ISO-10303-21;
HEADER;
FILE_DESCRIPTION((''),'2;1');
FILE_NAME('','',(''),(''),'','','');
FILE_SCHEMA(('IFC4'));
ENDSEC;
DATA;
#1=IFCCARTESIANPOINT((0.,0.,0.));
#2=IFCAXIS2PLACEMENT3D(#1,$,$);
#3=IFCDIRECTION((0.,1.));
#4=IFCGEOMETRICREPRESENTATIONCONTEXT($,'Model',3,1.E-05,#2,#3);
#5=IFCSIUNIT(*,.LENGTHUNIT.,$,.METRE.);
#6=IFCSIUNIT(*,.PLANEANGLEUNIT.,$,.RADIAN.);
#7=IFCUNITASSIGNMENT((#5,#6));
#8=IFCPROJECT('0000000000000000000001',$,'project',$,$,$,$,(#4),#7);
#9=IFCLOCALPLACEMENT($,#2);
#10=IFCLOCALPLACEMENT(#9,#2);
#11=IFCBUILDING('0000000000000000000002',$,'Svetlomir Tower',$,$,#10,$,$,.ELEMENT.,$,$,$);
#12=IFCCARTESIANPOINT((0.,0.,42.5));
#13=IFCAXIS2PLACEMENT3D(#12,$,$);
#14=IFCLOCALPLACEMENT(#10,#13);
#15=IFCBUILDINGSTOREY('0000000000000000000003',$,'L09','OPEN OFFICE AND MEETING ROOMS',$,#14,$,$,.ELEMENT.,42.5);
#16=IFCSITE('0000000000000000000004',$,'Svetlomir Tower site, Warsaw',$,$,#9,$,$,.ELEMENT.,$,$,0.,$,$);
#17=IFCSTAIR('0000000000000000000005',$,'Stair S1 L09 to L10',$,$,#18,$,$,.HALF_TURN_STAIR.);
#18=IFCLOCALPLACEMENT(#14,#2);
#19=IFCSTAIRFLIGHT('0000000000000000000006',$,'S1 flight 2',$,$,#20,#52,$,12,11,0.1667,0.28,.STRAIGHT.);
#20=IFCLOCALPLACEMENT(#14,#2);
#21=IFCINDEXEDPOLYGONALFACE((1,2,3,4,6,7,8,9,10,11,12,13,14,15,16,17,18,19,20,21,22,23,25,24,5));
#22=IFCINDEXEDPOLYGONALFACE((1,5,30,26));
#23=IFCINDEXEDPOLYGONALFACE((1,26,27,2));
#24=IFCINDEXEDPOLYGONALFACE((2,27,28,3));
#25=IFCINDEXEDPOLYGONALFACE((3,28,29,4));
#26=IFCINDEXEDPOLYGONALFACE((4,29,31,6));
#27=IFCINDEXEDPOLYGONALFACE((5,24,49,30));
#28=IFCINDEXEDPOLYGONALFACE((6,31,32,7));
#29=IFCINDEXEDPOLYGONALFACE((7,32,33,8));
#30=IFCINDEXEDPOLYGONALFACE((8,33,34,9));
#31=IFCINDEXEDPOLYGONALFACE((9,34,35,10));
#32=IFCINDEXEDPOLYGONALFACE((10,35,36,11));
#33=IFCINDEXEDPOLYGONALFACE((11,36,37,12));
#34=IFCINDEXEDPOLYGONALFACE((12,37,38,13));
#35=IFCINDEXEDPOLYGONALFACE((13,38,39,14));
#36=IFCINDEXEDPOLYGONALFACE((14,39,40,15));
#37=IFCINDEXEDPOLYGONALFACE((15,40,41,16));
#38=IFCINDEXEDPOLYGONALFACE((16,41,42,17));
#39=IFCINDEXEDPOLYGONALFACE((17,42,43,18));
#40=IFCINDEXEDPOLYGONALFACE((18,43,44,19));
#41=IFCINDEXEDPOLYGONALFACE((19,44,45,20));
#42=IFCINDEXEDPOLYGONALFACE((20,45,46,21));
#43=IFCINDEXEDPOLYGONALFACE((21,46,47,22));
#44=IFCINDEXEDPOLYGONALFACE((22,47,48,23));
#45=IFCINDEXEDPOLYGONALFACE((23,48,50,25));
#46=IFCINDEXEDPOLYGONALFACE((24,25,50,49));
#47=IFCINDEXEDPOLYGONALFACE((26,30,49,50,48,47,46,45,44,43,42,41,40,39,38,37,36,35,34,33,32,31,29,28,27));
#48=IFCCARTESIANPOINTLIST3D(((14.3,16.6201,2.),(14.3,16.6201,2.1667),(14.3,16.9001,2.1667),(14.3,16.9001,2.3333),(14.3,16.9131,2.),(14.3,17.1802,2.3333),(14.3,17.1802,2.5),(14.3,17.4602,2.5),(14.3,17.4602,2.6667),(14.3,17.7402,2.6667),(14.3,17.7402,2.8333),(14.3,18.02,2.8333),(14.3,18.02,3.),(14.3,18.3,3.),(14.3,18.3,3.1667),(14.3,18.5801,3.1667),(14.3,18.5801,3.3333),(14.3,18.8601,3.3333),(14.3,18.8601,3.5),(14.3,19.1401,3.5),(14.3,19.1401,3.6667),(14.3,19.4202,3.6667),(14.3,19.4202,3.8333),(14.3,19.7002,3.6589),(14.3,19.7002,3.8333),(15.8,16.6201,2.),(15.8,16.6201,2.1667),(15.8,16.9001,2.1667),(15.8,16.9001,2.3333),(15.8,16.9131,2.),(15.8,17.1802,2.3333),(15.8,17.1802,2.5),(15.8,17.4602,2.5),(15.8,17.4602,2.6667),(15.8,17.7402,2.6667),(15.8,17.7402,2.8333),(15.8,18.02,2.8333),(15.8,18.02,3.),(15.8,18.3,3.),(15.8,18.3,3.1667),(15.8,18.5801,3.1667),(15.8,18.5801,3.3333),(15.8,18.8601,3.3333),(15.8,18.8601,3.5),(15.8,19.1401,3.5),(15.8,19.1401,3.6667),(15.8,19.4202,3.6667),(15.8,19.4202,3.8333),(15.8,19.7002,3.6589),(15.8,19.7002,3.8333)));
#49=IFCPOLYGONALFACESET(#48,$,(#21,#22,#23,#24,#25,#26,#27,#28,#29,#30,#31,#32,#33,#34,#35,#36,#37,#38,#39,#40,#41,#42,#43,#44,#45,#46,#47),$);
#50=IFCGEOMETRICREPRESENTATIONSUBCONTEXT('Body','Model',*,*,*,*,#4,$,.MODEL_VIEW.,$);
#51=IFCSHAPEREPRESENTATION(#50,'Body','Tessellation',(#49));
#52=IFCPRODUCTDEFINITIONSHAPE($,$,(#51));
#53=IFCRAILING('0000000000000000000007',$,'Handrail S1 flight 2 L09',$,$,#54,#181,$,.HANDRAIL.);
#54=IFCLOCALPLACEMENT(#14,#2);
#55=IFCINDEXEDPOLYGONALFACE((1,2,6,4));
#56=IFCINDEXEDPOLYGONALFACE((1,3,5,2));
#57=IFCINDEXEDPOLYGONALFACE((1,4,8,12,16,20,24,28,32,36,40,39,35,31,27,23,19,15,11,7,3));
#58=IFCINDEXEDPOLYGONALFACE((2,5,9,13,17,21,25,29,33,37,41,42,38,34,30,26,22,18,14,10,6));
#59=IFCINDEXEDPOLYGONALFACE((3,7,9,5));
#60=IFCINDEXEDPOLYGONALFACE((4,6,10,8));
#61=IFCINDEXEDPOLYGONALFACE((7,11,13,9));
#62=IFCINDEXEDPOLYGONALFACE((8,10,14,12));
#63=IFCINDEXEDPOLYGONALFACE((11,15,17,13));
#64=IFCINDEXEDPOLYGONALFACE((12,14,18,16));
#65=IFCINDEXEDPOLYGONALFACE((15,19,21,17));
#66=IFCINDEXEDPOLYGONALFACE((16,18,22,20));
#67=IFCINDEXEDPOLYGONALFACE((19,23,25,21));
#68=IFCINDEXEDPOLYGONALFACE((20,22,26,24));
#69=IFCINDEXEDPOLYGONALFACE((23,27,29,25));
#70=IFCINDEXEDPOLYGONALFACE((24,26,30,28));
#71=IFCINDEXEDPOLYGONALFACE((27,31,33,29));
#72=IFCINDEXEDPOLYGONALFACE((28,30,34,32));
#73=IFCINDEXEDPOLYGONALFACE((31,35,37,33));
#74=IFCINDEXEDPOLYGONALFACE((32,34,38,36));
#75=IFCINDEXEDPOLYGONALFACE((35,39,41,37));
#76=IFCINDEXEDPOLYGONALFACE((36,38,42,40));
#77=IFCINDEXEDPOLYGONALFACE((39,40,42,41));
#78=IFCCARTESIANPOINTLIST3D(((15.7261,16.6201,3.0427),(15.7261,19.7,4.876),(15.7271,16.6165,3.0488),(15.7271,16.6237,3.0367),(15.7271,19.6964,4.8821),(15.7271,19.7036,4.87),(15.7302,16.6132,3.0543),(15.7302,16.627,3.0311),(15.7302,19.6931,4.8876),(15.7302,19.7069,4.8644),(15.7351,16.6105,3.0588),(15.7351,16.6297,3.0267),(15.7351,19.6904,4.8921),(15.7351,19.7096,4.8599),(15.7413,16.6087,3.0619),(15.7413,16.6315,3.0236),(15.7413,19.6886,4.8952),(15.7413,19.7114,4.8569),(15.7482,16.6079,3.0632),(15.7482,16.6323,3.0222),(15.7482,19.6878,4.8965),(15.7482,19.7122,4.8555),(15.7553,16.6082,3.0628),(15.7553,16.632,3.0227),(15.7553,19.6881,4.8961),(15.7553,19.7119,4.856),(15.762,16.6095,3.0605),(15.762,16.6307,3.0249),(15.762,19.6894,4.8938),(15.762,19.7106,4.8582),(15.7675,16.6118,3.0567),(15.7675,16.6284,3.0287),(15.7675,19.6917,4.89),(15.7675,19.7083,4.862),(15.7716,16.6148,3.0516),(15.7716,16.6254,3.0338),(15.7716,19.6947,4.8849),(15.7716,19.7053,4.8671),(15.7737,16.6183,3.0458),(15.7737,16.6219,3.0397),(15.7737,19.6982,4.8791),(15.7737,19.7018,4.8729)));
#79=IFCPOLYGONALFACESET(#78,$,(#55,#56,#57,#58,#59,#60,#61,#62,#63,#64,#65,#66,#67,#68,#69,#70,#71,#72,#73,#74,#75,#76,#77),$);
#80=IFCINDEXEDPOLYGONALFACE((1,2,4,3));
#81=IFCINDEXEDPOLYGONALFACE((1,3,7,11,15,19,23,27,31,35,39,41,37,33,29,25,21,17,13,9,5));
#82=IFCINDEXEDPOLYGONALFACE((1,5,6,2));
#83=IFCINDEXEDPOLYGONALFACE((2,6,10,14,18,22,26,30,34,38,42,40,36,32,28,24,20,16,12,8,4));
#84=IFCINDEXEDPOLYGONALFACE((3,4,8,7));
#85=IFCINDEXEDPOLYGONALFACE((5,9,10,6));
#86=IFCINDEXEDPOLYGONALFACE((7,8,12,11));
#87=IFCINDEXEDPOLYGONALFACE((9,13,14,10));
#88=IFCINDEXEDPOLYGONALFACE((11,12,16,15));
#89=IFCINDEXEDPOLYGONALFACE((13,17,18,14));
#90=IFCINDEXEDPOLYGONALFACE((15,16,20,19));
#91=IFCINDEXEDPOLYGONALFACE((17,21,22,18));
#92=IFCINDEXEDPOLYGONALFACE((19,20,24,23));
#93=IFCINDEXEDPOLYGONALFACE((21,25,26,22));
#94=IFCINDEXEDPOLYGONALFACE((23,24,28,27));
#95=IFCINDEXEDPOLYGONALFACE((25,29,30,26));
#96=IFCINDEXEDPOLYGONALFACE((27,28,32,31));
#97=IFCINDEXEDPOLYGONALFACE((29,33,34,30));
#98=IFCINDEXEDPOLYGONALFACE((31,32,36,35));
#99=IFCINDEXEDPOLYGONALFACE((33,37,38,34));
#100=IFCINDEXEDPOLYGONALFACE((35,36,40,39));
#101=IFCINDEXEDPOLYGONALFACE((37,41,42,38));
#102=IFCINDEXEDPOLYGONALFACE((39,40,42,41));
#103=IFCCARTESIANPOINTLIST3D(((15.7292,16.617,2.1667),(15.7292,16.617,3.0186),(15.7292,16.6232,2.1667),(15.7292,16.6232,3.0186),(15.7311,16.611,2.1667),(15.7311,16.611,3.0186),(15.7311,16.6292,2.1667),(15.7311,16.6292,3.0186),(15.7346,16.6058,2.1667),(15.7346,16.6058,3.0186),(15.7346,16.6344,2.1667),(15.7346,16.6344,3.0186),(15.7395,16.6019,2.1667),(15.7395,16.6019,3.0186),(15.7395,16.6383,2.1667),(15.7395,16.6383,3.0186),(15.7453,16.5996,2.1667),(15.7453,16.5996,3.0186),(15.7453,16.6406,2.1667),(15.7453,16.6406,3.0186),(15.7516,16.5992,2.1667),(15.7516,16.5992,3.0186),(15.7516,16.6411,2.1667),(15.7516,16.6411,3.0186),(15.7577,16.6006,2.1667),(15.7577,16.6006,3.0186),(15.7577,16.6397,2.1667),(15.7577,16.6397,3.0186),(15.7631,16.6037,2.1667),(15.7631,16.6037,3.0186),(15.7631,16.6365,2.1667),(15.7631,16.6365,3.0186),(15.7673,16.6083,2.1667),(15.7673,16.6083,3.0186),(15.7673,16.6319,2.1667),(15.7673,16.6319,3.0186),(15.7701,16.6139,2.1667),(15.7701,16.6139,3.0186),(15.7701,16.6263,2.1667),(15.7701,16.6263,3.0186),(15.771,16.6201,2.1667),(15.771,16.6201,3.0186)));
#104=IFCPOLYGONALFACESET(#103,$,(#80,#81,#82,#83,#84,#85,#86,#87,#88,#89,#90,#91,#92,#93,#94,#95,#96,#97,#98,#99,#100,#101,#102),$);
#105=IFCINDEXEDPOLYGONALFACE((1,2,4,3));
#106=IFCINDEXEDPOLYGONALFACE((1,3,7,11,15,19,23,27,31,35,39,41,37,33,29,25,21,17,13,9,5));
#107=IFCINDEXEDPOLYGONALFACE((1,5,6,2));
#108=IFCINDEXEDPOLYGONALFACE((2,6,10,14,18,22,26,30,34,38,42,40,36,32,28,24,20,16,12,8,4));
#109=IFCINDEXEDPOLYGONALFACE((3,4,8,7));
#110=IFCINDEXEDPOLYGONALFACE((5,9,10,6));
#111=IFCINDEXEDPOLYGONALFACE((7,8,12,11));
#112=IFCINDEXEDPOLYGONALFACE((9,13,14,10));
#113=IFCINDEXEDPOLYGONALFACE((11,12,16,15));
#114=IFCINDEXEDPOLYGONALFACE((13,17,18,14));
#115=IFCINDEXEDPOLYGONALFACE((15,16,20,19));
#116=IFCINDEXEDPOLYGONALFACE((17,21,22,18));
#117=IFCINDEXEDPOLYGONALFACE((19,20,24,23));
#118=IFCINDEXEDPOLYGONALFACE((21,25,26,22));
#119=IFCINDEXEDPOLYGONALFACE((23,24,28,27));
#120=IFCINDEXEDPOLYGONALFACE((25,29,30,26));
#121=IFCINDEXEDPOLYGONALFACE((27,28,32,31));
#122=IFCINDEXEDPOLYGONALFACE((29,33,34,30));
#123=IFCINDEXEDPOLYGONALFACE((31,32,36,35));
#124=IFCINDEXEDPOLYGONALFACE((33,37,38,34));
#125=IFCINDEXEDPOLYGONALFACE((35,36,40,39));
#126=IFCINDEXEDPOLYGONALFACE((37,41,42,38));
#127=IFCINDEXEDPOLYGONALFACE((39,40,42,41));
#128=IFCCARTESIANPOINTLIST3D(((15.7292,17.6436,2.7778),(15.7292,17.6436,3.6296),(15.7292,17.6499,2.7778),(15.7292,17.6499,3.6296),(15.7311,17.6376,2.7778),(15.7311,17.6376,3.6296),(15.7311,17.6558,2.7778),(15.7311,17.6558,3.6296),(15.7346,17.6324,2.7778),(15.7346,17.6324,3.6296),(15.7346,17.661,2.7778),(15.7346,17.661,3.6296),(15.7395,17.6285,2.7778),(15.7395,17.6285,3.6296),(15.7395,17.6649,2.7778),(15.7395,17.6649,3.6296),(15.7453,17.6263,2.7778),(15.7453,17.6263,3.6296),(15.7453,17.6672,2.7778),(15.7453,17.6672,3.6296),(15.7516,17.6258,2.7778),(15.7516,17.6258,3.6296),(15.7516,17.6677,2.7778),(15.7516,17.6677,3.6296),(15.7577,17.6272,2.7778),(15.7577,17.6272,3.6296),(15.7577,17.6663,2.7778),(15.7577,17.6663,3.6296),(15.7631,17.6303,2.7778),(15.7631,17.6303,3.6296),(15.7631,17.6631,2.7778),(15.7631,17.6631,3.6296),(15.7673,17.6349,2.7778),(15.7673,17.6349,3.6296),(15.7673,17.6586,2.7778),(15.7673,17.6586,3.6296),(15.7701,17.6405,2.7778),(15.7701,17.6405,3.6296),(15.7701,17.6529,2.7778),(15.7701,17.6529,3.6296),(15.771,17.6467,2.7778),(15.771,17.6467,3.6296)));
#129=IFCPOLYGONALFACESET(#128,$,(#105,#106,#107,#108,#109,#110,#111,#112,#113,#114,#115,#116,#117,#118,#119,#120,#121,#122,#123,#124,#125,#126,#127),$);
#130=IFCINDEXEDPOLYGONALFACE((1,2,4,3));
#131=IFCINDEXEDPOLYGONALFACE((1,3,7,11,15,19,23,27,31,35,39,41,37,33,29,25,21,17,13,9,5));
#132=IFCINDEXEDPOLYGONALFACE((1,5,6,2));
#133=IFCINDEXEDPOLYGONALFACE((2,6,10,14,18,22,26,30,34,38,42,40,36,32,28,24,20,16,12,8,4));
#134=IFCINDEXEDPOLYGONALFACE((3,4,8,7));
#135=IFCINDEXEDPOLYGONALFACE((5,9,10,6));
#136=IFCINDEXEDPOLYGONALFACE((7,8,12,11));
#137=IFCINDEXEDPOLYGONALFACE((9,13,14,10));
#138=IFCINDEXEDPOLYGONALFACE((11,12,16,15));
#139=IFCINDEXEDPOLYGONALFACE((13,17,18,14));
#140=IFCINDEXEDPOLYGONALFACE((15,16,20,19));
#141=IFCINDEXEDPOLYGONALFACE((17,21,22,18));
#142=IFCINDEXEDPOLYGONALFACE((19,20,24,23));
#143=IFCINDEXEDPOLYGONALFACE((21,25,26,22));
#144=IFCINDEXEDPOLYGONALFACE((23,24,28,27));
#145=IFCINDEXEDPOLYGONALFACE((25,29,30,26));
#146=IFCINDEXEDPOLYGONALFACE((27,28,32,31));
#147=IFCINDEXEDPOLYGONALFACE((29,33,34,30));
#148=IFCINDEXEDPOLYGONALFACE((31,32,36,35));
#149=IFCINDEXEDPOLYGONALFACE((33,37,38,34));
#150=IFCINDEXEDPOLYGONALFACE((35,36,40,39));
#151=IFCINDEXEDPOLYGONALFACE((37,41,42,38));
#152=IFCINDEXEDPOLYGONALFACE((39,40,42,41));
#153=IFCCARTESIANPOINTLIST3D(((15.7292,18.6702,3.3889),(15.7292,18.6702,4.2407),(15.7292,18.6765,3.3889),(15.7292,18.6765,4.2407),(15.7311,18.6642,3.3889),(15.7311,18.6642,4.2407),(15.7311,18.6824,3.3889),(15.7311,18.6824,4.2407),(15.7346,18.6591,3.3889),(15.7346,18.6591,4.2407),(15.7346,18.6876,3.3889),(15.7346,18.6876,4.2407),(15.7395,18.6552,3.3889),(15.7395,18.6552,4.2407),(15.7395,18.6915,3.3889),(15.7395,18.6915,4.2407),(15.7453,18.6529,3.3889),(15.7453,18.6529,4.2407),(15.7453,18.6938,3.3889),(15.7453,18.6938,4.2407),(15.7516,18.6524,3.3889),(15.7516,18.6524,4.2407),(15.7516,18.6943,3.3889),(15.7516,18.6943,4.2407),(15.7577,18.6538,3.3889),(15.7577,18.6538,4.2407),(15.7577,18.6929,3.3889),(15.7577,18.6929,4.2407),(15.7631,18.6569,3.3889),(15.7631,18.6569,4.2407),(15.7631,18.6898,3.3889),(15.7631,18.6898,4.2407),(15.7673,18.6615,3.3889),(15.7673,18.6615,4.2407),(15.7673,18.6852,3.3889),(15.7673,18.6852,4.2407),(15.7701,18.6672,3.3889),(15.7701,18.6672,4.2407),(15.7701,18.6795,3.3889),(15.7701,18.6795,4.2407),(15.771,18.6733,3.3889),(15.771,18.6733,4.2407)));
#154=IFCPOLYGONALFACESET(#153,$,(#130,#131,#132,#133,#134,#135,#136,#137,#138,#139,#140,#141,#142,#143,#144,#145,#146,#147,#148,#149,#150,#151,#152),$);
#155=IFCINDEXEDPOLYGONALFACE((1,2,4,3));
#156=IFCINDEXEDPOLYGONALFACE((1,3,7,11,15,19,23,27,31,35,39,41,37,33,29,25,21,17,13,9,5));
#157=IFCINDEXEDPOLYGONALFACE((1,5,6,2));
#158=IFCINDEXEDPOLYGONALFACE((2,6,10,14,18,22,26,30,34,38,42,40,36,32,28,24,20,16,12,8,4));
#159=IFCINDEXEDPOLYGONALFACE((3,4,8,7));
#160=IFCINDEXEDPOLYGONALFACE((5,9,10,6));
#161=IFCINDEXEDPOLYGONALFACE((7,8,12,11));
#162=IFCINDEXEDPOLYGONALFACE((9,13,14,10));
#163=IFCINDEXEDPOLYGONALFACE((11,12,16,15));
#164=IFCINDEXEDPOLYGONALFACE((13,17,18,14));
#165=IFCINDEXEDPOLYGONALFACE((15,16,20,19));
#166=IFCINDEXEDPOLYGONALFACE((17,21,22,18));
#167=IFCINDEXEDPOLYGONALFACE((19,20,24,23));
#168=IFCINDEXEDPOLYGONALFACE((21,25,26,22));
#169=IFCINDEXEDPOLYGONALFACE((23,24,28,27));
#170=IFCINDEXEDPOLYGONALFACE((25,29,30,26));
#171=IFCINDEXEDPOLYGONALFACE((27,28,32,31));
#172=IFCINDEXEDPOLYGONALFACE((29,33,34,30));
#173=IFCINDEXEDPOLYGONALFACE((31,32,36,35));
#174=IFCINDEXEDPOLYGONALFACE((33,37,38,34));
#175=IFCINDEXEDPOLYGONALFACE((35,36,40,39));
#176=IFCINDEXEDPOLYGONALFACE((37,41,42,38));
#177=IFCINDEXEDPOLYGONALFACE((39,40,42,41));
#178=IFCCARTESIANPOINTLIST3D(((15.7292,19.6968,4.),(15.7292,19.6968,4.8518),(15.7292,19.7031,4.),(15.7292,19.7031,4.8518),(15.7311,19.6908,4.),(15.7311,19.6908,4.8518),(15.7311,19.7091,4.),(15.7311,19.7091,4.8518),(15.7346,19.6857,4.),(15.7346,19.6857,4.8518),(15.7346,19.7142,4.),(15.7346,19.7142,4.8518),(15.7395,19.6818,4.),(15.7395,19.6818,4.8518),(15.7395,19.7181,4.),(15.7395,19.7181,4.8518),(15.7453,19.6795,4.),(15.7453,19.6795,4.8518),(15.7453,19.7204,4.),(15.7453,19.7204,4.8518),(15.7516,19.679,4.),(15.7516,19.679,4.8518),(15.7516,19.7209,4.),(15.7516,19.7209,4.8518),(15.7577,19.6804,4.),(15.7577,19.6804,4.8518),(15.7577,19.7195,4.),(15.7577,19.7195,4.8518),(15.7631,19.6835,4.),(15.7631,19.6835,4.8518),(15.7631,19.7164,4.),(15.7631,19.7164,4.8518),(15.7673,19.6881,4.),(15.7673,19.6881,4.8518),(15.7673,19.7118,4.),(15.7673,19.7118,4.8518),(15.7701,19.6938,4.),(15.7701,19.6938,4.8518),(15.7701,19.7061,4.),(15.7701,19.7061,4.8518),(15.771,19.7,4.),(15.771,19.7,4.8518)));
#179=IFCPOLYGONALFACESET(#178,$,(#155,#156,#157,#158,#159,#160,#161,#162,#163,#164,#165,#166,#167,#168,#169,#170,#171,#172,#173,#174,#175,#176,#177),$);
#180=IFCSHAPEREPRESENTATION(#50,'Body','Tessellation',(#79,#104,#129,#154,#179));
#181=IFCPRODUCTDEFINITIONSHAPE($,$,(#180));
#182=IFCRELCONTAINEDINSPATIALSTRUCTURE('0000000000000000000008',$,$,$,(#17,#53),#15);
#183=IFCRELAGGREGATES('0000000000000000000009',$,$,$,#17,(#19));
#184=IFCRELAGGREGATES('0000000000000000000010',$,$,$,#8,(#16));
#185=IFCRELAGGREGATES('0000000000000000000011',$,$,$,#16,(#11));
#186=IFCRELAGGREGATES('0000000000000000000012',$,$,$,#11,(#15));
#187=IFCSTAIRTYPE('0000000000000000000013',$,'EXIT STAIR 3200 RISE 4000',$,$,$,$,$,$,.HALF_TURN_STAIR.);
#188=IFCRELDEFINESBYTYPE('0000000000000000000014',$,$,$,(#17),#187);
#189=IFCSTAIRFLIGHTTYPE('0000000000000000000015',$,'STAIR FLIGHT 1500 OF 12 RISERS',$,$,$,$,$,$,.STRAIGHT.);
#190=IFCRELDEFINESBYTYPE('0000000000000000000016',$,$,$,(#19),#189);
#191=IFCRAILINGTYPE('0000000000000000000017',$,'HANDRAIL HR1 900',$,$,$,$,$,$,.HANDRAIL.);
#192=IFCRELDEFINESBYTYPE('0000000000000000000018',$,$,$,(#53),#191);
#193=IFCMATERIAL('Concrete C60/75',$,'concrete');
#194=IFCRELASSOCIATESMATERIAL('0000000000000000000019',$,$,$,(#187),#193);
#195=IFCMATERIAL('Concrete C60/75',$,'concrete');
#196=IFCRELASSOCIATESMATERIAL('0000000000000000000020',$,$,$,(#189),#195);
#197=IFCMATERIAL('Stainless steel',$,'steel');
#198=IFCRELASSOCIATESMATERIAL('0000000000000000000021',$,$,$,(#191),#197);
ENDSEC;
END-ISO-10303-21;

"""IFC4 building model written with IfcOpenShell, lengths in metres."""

from ifc_helpers import new_model, si_unit, direction, frame, origin, origin_2d, place, context, subcontext, project, spatial, polyline, circle, outline, extrude, material, type_object, element, aggregate, save


model = new_model("IFC4")

# Units and contexts
model_context = context("Model", 3, precision=1e-05, world=origin(), true_north=direction((0.0, 1.0)))
body_context = subcontext(model_context, "Body", "Model", "MODEL_VIEW")
ifc_project = project(units=[si_unit("LENGTHUNIT", "METRE"), si_unit("PLANEANGLEUNIT", "RADIAN")], contexts=[model_context])

# Site, building, storey
site_placement = place(None, origin())
site = spatial("IfcSite", under=ifc_project, at=site_placement, Name="Svetlomir Tower site, Warsaw", CompositionType="ELEMENT", RefElevation=0.0)
building_placement = place(site_placement, origin())
building = spatial("IfcBuilding", under=site, at=building_placement, Name="Svetlomir Tower", CompositionType="ELEMENT")
storey_placement = place(building_placement, frame((0.0, 0.0, 42.5)))
storey = spatial("IfcBuildingStorey", under=building, at=storey_placement, Name="L09", Description="OPEN OFFICE AND MEETING ROOMS", CompositionType="ELEMENT", Elevation=42.5)

# Stair, stair flight
ifc_material_1 = material(Name="Concrete C60/75", Category="concrete")
stair_type = type_object("IfcStairType", Name="EXIT STAIR 3200 RISE 4000", PredefinedType="HALF_TURN_STAIR", material=ifc_material_1)
stair_placement = place(storey_placement, origin())
stair = element("IfcStair", 1, at=stair_placement, inside=storey, type_object=stair_type, Name="Stair S1 L09 to L10", PredefinedType="HALF_TURN_STAIR")
ifc_material_2 = material(Name="Concrete C60/75", Category="concrete")
stair_flight_type = type_object("IfcStairFlightType", Name="STAIR FLIGHT 1500 OF 12 RISERS", PredefinedType="STRAIGHT", material=ifc_material_2)
stair_flight_placement = place(storey_placement, frame((15.05, 16.6201, 2.0), z_axis=(0.0, 0.0, 1.0), x_axis=(0.0, 1.0, 0.0)))
stair_flight = element("IfcStairFlight", 2, at=stair_flight_placement, type_object=stair_flight_type, Name="S1 flight 2", NumberOfRisers=12, NumberOfTreads=11, PredefinedType="STRAIGHT", RiserHeight=0.1667, TreadLength=0.28, context=body_context, shape_type="SweptSolid", body=[
    extrude(outline(polyline([(0.0, 0.0), (0.0, 0.1667), (0.28, 0.1667), (0.28, 0.3333), (0.5601, 0.3333), (0.5601, 0.5), (0.8401, 0.5), (0.8401, 0.6667), (1.1201, 0.6667), (1.1201, 0.8333), (1.3999, 0.8333), (1.3999, 1.0), (1.6799, 1.0), (1.6799, 1.1667), (1.96, 1.1667), (1.96, 1.3333), (2.24, 1.3333), (2.24, 1.5), (2.52, 1.5), (2.52, 1.6667), (2.8, 1.6667), (2.8, 1.8333), (3.0801, 1.8333), (3.0801, 2.0), (3.0801, 1.6589), (0.293, 0.0), (0.0, 0.0)])), frame((0.0, 0.75, 0.0), z_axis=(0.0, -1.0, 0.0), x_axis=(1.0, 0.0, 0.0)), (0.0, 0.0, 1.0), 1.5),
])
aggregate(stair, [stair_flight])

# Railing
ifc_material_3 = material(Name="Stainless steel", Category="steel")
railing_type = type_object("IfcRailingType", Name="HANDRAIL HR1 900", PredefinedType="HANDRAIL", material=ifc_material_3)
railing_placement = place(storey_placement, frame((15.75, 16.6201, 2.1667)))
element("IfcRailing", 3, at=railing_placement, inside=storey, type_object=railing_type, Name="Handrail S1 flight 2 L09", PredefinedType="HANDRAIL", context=body_context, shape_type="SweptSolid", body=[
    extrude(circle(Radius=0.0239, at=origin_2d()), frame((0.0, 0.0, 0.876), z_axis=(0.0, 0.859291, 0.511487), x_axis=(-1.0, 0.0, 0.0)), (0.0, 0.0, 1.0), 3.5842),
    extrude(circle(Radius=0.021, at=origin_2d()), origin(), (0.0, 0.0, 1.0), 0.8518),
    extrude(circle(Radius=0.021, at=origin_2d()), frame((0.0, 1.0266, 0.6111)), (0.0, 0.0, 1.0), 0.8518),
    extrude(circle(Radius=0.021, at=origin_2d()), frame((0.0, 2.0532, 1.2222)), (0.0, 0.0, 1.0), 0.8518),
    extrude(circle(Radius=0.021, at=origin_2d()), frame((0.0, 3.0798, 1.8333)), (0.0, 0.0, 1.0), 0.8518),
])

save(model, "model.ifc")
